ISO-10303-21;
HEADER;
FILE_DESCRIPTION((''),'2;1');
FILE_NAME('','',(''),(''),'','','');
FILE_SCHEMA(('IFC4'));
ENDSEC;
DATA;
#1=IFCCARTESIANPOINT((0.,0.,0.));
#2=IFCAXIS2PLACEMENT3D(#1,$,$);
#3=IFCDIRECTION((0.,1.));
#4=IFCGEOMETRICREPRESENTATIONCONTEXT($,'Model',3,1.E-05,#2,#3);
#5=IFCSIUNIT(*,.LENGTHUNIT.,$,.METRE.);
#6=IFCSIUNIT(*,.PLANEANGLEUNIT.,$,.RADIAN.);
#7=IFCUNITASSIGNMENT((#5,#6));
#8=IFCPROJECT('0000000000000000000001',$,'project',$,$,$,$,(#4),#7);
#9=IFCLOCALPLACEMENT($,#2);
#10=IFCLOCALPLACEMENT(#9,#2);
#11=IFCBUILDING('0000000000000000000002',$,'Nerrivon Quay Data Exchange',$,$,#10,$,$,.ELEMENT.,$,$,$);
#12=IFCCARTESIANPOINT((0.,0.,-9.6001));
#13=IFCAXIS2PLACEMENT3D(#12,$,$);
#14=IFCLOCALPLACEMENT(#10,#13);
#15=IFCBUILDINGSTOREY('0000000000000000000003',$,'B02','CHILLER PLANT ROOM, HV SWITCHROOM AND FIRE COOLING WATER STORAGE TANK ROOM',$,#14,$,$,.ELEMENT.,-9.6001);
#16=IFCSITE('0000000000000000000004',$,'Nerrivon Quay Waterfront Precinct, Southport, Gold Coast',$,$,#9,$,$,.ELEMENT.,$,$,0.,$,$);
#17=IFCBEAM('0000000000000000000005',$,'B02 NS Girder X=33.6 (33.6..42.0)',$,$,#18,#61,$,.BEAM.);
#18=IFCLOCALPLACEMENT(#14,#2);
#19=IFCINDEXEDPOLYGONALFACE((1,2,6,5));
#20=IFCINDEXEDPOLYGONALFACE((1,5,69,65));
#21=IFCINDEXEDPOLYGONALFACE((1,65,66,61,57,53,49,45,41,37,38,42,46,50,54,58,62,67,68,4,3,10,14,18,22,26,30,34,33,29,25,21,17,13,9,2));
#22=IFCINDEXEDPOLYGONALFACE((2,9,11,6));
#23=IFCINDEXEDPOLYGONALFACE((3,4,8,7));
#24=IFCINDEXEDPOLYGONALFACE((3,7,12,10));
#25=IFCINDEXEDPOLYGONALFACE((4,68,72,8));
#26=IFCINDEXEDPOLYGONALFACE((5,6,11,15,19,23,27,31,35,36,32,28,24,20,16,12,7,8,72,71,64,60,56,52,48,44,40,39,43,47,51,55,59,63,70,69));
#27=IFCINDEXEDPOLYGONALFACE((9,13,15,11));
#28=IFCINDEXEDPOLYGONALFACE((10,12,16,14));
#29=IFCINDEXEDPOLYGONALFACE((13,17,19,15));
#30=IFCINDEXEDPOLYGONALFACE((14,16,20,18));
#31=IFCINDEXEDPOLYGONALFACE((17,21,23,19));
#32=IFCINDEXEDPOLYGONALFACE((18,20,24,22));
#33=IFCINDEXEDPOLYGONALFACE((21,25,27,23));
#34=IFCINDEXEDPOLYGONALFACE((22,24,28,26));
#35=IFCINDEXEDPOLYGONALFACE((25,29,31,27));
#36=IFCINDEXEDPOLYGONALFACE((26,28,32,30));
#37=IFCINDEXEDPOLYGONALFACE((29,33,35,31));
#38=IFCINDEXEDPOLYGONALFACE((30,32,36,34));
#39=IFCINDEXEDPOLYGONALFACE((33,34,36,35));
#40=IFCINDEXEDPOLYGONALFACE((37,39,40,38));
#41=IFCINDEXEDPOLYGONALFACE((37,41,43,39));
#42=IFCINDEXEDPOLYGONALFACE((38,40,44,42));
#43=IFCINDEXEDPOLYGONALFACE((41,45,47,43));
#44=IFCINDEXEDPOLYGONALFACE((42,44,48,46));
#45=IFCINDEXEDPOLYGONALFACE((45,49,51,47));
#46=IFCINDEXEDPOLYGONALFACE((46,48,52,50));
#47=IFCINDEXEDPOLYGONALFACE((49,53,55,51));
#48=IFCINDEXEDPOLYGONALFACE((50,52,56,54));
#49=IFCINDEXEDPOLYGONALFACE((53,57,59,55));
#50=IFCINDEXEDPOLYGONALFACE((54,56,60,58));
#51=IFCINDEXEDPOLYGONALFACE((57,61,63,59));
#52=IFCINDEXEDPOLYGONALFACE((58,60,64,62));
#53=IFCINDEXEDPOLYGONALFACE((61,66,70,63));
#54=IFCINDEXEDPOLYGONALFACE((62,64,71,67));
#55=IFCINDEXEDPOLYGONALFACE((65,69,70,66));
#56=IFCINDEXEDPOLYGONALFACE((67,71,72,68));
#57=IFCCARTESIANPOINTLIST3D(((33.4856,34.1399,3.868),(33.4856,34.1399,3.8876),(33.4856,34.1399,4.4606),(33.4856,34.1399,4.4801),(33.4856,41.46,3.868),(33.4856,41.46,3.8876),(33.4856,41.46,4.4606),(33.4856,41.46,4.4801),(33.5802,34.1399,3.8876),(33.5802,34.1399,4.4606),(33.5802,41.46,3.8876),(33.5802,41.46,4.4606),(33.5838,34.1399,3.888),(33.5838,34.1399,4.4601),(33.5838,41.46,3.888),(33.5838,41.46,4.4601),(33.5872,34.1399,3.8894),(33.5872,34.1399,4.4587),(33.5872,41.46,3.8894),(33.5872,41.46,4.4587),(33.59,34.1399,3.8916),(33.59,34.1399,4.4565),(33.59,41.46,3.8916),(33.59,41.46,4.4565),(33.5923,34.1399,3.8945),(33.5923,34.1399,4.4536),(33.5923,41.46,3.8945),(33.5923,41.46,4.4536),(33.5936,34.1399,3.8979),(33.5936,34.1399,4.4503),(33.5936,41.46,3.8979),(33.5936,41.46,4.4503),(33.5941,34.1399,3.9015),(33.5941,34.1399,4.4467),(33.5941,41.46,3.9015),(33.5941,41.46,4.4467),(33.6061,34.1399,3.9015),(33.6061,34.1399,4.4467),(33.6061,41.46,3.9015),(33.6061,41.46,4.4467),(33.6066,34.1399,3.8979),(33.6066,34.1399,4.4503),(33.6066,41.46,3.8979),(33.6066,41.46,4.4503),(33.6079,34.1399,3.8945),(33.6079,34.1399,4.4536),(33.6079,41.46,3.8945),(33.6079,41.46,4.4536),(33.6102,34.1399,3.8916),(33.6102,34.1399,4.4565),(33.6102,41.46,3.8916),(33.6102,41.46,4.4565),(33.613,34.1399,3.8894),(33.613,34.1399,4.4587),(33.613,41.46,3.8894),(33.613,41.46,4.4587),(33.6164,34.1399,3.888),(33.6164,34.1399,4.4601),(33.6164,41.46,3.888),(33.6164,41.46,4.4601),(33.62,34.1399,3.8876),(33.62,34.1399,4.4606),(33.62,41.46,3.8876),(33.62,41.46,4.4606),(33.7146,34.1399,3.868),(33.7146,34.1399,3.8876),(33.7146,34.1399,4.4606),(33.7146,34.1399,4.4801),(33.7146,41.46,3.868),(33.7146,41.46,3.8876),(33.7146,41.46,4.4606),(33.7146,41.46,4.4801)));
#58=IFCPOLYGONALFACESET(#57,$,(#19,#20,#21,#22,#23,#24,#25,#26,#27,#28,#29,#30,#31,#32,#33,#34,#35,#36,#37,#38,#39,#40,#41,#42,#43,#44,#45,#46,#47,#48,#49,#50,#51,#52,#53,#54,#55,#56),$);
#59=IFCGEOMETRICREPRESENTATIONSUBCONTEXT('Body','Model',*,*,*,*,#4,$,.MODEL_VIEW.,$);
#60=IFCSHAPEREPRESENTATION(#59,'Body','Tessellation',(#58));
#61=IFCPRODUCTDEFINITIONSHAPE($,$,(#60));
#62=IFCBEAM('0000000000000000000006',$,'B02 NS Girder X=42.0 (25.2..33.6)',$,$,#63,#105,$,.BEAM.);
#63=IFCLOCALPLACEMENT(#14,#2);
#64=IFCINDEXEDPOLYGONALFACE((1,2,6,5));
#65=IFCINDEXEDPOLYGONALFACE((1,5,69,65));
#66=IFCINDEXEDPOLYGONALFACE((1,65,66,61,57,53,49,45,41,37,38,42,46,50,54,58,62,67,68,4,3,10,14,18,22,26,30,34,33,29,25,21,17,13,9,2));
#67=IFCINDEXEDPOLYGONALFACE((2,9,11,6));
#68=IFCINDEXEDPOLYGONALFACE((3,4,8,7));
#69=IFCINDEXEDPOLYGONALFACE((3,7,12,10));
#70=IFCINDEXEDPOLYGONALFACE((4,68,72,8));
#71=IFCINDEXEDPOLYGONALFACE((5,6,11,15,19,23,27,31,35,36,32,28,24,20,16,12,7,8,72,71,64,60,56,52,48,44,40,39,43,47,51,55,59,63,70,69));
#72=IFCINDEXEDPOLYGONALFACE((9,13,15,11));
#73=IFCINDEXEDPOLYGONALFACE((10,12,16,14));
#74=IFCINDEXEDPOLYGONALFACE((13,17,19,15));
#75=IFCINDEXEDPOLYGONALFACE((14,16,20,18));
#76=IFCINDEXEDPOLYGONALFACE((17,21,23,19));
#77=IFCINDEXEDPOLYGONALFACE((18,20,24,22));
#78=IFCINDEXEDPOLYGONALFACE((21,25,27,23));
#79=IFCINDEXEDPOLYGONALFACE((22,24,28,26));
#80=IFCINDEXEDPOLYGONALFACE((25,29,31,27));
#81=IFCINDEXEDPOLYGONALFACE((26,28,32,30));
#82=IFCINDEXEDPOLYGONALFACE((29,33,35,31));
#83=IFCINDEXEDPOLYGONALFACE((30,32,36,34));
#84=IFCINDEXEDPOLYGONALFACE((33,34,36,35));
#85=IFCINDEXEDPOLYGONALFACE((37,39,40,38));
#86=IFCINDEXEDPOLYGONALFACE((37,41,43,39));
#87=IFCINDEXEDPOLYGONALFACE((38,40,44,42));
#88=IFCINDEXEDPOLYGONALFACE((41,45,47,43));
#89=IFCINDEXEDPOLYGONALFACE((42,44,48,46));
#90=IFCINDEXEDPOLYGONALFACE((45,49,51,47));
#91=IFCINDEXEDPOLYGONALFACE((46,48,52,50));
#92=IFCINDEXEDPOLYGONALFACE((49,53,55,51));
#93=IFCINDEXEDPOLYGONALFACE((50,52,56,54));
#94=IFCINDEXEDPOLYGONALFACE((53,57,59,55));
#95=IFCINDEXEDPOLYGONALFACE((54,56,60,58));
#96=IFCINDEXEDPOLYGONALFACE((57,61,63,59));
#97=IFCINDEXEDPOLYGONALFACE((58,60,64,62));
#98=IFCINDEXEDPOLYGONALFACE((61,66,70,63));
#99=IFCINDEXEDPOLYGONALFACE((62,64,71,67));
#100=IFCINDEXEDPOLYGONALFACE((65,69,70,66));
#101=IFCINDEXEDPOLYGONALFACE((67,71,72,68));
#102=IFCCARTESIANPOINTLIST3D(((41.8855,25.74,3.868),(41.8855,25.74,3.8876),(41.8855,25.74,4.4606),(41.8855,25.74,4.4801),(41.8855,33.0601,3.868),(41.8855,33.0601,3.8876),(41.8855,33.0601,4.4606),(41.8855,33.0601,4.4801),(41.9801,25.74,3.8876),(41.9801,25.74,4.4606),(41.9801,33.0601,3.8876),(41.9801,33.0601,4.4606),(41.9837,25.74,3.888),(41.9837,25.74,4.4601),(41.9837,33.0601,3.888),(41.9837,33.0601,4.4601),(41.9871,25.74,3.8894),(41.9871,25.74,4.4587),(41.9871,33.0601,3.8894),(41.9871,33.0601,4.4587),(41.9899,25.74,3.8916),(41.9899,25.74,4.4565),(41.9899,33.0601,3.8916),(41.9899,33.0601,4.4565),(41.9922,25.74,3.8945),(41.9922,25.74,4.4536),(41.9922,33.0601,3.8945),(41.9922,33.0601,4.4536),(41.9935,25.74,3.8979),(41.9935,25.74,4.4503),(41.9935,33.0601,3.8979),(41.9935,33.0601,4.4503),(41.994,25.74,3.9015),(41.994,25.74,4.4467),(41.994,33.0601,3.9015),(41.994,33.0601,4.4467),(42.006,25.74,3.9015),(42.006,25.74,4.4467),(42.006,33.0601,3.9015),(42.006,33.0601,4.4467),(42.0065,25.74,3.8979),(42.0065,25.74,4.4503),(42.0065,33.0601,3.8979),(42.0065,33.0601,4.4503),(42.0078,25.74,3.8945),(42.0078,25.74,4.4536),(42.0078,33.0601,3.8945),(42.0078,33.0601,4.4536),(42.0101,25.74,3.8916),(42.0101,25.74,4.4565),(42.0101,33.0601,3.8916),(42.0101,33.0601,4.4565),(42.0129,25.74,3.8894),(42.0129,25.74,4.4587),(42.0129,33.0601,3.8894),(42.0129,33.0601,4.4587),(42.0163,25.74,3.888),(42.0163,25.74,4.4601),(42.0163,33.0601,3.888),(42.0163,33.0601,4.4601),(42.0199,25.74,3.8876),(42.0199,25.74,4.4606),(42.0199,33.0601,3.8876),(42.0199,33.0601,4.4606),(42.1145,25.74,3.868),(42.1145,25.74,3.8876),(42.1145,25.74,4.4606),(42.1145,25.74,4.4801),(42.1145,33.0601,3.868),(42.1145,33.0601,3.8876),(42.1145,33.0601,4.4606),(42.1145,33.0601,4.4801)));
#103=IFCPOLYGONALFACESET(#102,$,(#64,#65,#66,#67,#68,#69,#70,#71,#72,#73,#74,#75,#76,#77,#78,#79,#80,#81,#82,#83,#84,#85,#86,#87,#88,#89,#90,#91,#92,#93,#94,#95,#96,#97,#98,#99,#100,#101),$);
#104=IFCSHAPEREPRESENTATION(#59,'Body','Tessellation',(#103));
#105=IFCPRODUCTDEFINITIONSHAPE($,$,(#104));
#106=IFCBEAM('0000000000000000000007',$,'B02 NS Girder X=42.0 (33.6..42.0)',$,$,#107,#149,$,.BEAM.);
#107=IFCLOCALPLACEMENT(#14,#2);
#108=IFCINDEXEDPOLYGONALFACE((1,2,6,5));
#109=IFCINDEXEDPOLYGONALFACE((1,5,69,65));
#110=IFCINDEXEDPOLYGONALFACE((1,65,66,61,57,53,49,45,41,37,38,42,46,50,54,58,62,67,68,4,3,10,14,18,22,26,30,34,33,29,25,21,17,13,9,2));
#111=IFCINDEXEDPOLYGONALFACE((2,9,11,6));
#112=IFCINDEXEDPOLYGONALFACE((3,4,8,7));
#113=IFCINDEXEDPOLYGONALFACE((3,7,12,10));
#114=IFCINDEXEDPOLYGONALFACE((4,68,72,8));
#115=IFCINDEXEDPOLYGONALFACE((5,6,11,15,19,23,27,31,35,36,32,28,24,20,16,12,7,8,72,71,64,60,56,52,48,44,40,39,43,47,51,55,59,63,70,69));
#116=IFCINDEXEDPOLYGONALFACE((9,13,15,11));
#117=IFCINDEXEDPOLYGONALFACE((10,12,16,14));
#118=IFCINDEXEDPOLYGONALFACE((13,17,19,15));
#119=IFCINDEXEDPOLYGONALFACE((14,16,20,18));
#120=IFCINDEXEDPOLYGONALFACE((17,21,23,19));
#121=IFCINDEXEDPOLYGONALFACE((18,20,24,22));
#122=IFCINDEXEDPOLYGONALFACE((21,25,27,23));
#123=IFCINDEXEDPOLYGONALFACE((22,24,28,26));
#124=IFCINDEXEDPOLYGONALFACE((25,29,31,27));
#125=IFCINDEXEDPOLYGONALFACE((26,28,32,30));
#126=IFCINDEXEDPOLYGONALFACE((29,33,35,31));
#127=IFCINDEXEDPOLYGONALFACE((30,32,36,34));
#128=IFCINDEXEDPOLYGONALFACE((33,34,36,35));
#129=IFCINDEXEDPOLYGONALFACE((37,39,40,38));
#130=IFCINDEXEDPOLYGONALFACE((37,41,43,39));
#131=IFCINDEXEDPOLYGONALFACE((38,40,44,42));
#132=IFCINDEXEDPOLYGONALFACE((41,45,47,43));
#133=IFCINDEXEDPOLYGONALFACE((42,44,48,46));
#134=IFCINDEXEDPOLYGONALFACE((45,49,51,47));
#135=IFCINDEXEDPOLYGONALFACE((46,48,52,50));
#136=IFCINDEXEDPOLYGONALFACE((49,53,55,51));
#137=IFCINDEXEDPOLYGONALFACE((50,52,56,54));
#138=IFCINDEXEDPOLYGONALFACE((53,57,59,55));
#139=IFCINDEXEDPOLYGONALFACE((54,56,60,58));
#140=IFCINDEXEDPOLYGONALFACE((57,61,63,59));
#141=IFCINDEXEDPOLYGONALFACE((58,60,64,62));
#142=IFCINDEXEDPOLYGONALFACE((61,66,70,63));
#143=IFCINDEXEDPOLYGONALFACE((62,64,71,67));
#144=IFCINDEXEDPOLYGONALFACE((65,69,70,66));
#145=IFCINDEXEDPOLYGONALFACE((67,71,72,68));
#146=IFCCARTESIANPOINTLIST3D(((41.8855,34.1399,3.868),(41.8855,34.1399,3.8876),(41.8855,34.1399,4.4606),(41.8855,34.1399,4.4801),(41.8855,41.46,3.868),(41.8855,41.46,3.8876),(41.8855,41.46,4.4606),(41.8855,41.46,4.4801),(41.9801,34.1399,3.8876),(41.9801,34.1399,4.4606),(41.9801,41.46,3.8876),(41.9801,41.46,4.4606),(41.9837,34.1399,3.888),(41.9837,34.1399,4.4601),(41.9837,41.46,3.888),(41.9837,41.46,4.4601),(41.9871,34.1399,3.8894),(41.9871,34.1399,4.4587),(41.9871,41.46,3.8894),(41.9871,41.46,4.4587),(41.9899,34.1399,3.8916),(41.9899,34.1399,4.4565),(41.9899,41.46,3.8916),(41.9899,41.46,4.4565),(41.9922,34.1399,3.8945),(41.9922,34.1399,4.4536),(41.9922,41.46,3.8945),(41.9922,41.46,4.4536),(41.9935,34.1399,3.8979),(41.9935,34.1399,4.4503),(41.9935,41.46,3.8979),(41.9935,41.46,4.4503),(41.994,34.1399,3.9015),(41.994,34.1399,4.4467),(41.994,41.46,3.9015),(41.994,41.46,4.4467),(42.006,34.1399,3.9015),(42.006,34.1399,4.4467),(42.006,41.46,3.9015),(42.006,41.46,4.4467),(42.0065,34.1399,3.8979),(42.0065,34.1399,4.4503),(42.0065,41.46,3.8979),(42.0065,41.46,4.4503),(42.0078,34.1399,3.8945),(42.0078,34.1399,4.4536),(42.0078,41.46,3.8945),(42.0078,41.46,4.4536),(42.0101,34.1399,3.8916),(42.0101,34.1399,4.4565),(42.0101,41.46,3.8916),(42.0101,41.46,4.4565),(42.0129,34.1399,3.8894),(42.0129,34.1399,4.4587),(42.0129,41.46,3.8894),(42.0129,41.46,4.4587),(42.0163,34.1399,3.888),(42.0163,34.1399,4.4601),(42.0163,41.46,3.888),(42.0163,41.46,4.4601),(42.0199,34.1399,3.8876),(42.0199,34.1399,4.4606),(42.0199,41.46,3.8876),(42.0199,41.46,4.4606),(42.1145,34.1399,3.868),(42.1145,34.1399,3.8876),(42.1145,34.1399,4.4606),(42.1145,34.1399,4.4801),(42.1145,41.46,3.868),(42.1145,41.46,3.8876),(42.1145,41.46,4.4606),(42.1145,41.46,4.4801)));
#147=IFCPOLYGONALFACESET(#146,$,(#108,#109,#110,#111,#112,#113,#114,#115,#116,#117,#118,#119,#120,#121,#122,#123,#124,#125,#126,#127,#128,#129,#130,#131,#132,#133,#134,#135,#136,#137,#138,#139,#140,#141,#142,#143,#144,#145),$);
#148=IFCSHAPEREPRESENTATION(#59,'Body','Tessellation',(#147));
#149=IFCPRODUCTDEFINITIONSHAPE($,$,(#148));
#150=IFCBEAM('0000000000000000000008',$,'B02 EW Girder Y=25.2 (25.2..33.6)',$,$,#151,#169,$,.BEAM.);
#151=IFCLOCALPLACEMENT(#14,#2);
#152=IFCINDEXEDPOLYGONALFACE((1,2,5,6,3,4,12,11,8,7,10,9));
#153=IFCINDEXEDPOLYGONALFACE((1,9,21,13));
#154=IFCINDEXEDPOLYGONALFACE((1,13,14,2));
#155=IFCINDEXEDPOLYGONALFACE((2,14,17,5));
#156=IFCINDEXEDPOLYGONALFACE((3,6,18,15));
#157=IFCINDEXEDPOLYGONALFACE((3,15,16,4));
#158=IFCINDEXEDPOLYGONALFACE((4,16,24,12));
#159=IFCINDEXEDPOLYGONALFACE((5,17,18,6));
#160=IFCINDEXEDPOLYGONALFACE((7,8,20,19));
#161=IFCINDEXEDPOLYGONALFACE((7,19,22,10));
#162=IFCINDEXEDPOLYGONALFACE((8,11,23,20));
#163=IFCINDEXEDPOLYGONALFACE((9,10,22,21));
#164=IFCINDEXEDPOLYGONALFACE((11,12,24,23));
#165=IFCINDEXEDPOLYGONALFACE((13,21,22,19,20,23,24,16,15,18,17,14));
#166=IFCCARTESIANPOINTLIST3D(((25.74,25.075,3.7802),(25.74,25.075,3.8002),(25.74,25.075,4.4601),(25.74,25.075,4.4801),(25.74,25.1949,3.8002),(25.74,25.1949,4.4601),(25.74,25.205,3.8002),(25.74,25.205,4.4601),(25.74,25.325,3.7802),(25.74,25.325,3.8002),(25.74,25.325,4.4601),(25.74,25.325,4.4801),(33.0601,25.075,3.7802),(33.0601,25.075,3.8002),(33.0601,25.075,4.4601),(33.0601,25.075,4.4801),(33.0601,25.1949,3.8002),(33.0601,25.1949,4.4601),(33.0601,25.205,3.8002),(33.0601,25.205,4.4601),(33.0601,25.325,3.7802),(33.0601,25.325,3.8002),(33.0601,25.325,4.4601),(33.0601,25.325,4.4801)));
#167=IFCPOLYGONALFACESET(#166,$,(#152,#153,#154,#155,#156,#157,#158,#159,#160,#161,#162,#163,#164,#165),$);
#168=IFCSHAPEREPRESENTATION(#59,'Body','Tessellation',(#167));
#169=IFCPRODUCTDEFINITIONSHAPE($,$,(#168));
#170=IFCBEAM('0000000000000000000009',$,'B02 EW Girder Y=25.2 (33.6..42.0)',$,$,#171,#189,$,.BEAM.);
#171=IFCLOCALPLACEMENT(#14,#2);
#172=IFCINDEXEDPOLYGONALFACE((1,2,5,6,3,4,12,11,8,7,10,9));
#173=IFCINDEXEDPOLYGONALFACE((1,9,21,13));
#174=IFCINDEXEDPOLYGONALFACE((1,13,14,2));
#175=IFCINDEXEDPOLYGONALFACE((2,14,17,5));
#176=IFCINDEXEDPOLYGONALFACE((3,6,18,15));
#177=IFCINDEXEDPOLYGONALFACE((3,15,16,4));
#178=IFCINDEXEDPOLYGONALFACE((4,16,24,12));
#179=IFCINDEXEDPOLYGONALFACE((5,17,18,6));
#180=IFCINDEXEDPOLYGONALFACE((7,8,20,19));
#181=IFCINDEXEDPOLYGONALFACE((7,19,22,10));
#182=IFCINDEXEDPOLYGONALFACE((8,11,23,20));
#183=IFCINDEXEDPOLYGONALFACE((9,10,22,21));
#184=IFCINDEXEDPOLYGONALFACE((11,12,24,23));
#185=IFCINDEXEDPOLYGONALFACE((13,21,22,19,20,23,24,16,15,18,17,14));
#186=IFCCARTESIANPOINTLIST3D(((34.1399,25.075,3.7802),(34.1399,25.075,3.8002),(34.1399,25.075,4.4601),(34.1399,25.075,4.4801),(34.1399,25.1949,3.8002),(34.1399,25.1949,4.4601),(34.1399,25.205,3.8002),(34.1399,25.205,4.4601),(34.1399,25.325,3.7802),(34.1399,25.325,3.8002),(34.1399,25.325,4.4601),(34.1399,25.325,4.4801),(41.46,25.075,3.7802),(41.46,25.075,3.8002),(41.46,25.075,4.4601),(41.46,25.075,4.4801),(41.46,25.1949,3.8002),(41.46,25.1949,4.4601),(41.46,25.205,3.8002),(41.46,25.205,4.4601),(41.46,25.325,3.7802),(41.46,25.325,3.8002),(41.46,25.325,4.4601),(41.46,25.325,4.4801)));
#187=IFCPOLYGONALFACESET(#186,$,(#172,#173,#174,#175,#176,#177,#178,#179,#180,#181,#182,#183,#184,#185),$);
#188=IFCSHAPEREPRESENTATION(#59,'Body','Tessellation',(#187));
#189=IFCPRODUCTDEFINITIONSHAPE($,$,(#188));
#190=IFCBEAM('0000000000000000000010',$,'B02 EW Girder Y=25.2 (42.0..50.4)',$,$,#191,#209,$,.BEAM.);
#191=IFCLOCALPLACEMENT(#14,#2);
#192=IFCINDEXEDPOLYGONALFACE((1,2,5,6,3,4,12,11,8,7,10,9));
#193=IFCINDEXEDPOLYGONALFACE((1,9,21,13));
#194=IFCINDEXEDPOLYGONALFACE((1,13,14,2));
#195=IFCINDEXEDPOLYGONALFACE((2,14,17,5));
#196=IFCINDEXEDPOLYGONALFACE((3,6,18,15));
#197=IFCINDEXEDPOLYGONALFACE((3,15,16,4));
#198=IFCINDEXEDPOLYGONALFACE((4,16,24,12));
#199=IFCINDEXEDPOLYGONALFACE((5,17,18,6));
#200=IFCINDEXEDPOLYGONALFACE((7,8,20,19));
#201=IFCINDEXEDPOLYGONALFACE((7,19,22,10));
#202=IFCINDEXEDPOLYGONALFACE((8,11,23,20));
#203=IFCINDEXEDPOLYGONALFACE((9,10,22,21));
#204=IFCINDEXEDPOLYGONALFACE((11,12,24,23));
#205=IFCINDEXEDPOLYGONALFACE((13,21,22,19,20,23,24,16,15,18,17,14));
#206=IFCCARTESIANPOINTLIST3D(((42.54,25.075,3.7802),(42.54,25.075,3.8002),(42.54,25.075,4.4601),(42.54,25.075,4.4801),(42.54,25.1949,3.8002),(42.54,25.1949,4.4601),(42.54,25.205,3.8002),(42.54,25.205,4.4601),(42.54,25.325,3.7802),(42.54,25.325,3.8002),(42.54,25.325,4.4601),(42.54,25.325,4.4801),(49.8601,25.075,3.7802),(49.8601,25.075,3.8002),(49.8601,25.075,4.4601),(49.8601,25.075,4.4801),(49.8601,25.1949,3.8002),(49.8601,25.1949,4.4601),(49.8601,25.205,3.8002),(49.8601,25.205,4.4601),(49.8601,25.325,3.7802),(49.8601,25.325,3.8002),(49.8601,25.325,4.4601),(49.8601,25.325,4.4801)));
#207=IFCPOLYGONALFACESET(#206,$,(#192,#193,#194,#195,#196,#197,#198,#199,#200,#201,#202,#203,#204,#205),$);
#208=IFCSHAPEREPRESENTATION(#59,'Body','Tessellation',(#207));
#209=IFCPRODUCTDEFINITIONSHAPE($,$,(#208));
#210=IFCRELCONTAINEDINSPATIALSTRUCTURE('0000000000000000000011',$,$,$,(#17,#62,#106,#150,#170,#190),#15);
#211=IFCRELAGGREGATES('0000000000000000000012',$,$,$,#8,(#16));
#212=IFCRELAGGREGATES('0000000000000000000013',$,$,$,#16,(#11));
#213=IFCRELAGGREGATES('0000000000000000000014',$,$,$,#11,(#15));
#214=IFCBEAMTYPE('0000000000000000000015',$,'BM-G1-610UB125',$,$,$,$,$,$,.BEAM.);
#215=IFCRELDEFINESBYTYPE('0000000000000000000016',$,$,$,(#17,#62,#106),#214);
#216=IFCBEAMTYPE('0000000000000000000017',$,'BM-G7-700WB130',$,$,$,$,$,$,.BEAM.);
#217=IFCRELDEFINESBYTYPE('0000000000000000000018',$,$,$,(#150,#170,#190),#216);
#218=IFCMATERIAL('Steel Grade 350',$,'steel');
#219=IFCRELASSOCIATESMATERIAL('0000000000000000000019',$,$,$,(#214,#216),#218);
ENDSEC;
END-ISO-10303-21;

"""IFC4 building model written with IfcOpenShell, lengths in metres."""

from ifc_helpers import new_model, si_unit, direction, frame, origin, origin_2d, place, context, subcontext, project, spatial, i_section, extrude, material, material_profile, profile_set, type_object, element, save


model = new_model("IFC4")

# Units and contexts
model_context = context("Model", 3, precision=1e-05, world=origin(), true_north=direction((0.0, 1.0)))
body_context = subcontext(model_context, "Body", "Model", "MODEL_VIEW")
ifc_project = project(units=[si_unit("LENGTHUNIT", "METRE"), si_unit("PLANEANGLEUNIT", "RADIAN")], contexts=[model_context])

# Site, building, storey
site_placement = place(None, origin())
site = spatial("IfcSite", under=ifc_project, at=site_placement, Name="Nerrivon Quay Waterfront Precinct, Southport, Gold Coast", CompositionType="ELEMENT", RefElevation=0.0)
building_placement = place(site_placement, origin())
building = spatial("IfcBuilding", under=site, at=building_placement, Name="Nerrivon Quay Data Exchange", CompositionType="ELEMENT")
storey_placement = place(building_placement, frame((0.0, 0.0, -9.6001)))
storey = spatial("IfcBuildingStorey", under=building, at=storey_placement, Name="B02", Description="CHILLER PLANT ROOM, HV SWITCHROOM AND FIRE COOLING WATER STORAGE TANK ROOM", CompositionType="ELEMENT", Elevation=-9.6001)

# Beams
ifc_material_1 = material(Name="Steel Grade 350", Category="steel")
ifc_material_profile_1 = material_profile(ifc_material_1, i_section(OverallWidth=0.229, OverallDepth=0.6121, WebThickness=0.012, FlangeThickness=0.0195, FilletRadius=0.0139, at=origin_2d()), Name="610UB125")
ifc_profile_set_1 = profile_set([ifc_material_profile_1], Name="Steel Grade 350")
beam_type_1 = type_object("IfcBeamType", Name="BM-G1-610UB125", PredefinedType="BEAM", material=ifc_profile_set_1)
for number, where, z_axis, x_axis, name in (
    (1, (33.6001, 34.1399, 4.1741), (0.0, 1.0, 0.0), (-1.0, 0.0, 0.0), "B02 NS Girder X=33.6 (33.6..42.0)"),
    (2, (42.0, 25.74, 4.1741), (0.0, 1.0, 0.0), (-1.0, 0.0, 0.0), "B02 NS Girder X=42.0 (25.2..33.6)"),
    (3, (42.0, 34.1399, 4.1741), (0.0, 1.0, 0.0), (-1.0, 0.0, 0.0), "B02 NS Girder X=42.0 (33.6..42.0)"),
):
    element("IfcBeam", number, at=place(storey_placement, frame(where, z_axis=z_axis, x_axis=x_axis)), inside=storey, type_object=beam_type_1, Name=name, PredefinedType="BEAM", context=body_context, shape_type="SweptSolid", body=[
        extrude(i_section(OverallWidth=0.229, OverallDepth=0.6121, WebThickness=0.012, FlangeThickness=0.0195, FilletRadius=0.0139, at=origin_2d()), origin(), (0.0, 0.0, 1.0), 7.3201),
    ])
ifc_material_profile_2 = material_profile(ifc_material_1, i_section(OverallWidth=0.25, OverallDepth=0.7, WebThickness=0.01, FlangeThickness=0.02, at=origin_2d()), Name="700WB130")
ifc_profile_set_2 = profile_set([ifc_material_profile_2], Name="Steel Grade 350")
beam_type_2 = type_object("IfcBeamType", Name="BM-G7-700WB130", PredefinedType="BEAM", material=ifc_profile_set_2)
for number, where, z_axis, x_axis, name in (
    (4, (25.74, 25.2, 4.1301), (1.0, 0.0, 0.0), (0.0, 1.0, 0.0), "B02 EW Girder Y=25.2 (25.2..33.6)"),
    (5, (34.1399, 25.2, 4.1301), (1.0, 0.0, 0.0), (0.0, 1.0, 0.0), "B02 EW Girder Y=25.2 (33.6..42.0)"),
    (6, (42.54, 25.2, 4.1301), (1.0, 0.0, 0.0), (0.0, 1.0, 0.0), "B02 EW Girder Y=25.2 (42.0..50.4)"),
):
    element("IfcBeam", number, at=place(storey_placement, frame(where, z_axis=z_axis, x_axis=x_axis)), inside=storey, type_object=beam_type_2, Name=name, PredefinedType="BEAM", context=body_context, shape_type="SweptSolid", body=[
        extrude(i_section(OverallWidth=0.25, OverallDepth=0.7, WebThickness=0.01, FlangeThickness=0.02, at=origin_2d()), origin(), (0.0, 0.0, 1.0), 7.3201),
    ])

save(model, "model.ifc")
